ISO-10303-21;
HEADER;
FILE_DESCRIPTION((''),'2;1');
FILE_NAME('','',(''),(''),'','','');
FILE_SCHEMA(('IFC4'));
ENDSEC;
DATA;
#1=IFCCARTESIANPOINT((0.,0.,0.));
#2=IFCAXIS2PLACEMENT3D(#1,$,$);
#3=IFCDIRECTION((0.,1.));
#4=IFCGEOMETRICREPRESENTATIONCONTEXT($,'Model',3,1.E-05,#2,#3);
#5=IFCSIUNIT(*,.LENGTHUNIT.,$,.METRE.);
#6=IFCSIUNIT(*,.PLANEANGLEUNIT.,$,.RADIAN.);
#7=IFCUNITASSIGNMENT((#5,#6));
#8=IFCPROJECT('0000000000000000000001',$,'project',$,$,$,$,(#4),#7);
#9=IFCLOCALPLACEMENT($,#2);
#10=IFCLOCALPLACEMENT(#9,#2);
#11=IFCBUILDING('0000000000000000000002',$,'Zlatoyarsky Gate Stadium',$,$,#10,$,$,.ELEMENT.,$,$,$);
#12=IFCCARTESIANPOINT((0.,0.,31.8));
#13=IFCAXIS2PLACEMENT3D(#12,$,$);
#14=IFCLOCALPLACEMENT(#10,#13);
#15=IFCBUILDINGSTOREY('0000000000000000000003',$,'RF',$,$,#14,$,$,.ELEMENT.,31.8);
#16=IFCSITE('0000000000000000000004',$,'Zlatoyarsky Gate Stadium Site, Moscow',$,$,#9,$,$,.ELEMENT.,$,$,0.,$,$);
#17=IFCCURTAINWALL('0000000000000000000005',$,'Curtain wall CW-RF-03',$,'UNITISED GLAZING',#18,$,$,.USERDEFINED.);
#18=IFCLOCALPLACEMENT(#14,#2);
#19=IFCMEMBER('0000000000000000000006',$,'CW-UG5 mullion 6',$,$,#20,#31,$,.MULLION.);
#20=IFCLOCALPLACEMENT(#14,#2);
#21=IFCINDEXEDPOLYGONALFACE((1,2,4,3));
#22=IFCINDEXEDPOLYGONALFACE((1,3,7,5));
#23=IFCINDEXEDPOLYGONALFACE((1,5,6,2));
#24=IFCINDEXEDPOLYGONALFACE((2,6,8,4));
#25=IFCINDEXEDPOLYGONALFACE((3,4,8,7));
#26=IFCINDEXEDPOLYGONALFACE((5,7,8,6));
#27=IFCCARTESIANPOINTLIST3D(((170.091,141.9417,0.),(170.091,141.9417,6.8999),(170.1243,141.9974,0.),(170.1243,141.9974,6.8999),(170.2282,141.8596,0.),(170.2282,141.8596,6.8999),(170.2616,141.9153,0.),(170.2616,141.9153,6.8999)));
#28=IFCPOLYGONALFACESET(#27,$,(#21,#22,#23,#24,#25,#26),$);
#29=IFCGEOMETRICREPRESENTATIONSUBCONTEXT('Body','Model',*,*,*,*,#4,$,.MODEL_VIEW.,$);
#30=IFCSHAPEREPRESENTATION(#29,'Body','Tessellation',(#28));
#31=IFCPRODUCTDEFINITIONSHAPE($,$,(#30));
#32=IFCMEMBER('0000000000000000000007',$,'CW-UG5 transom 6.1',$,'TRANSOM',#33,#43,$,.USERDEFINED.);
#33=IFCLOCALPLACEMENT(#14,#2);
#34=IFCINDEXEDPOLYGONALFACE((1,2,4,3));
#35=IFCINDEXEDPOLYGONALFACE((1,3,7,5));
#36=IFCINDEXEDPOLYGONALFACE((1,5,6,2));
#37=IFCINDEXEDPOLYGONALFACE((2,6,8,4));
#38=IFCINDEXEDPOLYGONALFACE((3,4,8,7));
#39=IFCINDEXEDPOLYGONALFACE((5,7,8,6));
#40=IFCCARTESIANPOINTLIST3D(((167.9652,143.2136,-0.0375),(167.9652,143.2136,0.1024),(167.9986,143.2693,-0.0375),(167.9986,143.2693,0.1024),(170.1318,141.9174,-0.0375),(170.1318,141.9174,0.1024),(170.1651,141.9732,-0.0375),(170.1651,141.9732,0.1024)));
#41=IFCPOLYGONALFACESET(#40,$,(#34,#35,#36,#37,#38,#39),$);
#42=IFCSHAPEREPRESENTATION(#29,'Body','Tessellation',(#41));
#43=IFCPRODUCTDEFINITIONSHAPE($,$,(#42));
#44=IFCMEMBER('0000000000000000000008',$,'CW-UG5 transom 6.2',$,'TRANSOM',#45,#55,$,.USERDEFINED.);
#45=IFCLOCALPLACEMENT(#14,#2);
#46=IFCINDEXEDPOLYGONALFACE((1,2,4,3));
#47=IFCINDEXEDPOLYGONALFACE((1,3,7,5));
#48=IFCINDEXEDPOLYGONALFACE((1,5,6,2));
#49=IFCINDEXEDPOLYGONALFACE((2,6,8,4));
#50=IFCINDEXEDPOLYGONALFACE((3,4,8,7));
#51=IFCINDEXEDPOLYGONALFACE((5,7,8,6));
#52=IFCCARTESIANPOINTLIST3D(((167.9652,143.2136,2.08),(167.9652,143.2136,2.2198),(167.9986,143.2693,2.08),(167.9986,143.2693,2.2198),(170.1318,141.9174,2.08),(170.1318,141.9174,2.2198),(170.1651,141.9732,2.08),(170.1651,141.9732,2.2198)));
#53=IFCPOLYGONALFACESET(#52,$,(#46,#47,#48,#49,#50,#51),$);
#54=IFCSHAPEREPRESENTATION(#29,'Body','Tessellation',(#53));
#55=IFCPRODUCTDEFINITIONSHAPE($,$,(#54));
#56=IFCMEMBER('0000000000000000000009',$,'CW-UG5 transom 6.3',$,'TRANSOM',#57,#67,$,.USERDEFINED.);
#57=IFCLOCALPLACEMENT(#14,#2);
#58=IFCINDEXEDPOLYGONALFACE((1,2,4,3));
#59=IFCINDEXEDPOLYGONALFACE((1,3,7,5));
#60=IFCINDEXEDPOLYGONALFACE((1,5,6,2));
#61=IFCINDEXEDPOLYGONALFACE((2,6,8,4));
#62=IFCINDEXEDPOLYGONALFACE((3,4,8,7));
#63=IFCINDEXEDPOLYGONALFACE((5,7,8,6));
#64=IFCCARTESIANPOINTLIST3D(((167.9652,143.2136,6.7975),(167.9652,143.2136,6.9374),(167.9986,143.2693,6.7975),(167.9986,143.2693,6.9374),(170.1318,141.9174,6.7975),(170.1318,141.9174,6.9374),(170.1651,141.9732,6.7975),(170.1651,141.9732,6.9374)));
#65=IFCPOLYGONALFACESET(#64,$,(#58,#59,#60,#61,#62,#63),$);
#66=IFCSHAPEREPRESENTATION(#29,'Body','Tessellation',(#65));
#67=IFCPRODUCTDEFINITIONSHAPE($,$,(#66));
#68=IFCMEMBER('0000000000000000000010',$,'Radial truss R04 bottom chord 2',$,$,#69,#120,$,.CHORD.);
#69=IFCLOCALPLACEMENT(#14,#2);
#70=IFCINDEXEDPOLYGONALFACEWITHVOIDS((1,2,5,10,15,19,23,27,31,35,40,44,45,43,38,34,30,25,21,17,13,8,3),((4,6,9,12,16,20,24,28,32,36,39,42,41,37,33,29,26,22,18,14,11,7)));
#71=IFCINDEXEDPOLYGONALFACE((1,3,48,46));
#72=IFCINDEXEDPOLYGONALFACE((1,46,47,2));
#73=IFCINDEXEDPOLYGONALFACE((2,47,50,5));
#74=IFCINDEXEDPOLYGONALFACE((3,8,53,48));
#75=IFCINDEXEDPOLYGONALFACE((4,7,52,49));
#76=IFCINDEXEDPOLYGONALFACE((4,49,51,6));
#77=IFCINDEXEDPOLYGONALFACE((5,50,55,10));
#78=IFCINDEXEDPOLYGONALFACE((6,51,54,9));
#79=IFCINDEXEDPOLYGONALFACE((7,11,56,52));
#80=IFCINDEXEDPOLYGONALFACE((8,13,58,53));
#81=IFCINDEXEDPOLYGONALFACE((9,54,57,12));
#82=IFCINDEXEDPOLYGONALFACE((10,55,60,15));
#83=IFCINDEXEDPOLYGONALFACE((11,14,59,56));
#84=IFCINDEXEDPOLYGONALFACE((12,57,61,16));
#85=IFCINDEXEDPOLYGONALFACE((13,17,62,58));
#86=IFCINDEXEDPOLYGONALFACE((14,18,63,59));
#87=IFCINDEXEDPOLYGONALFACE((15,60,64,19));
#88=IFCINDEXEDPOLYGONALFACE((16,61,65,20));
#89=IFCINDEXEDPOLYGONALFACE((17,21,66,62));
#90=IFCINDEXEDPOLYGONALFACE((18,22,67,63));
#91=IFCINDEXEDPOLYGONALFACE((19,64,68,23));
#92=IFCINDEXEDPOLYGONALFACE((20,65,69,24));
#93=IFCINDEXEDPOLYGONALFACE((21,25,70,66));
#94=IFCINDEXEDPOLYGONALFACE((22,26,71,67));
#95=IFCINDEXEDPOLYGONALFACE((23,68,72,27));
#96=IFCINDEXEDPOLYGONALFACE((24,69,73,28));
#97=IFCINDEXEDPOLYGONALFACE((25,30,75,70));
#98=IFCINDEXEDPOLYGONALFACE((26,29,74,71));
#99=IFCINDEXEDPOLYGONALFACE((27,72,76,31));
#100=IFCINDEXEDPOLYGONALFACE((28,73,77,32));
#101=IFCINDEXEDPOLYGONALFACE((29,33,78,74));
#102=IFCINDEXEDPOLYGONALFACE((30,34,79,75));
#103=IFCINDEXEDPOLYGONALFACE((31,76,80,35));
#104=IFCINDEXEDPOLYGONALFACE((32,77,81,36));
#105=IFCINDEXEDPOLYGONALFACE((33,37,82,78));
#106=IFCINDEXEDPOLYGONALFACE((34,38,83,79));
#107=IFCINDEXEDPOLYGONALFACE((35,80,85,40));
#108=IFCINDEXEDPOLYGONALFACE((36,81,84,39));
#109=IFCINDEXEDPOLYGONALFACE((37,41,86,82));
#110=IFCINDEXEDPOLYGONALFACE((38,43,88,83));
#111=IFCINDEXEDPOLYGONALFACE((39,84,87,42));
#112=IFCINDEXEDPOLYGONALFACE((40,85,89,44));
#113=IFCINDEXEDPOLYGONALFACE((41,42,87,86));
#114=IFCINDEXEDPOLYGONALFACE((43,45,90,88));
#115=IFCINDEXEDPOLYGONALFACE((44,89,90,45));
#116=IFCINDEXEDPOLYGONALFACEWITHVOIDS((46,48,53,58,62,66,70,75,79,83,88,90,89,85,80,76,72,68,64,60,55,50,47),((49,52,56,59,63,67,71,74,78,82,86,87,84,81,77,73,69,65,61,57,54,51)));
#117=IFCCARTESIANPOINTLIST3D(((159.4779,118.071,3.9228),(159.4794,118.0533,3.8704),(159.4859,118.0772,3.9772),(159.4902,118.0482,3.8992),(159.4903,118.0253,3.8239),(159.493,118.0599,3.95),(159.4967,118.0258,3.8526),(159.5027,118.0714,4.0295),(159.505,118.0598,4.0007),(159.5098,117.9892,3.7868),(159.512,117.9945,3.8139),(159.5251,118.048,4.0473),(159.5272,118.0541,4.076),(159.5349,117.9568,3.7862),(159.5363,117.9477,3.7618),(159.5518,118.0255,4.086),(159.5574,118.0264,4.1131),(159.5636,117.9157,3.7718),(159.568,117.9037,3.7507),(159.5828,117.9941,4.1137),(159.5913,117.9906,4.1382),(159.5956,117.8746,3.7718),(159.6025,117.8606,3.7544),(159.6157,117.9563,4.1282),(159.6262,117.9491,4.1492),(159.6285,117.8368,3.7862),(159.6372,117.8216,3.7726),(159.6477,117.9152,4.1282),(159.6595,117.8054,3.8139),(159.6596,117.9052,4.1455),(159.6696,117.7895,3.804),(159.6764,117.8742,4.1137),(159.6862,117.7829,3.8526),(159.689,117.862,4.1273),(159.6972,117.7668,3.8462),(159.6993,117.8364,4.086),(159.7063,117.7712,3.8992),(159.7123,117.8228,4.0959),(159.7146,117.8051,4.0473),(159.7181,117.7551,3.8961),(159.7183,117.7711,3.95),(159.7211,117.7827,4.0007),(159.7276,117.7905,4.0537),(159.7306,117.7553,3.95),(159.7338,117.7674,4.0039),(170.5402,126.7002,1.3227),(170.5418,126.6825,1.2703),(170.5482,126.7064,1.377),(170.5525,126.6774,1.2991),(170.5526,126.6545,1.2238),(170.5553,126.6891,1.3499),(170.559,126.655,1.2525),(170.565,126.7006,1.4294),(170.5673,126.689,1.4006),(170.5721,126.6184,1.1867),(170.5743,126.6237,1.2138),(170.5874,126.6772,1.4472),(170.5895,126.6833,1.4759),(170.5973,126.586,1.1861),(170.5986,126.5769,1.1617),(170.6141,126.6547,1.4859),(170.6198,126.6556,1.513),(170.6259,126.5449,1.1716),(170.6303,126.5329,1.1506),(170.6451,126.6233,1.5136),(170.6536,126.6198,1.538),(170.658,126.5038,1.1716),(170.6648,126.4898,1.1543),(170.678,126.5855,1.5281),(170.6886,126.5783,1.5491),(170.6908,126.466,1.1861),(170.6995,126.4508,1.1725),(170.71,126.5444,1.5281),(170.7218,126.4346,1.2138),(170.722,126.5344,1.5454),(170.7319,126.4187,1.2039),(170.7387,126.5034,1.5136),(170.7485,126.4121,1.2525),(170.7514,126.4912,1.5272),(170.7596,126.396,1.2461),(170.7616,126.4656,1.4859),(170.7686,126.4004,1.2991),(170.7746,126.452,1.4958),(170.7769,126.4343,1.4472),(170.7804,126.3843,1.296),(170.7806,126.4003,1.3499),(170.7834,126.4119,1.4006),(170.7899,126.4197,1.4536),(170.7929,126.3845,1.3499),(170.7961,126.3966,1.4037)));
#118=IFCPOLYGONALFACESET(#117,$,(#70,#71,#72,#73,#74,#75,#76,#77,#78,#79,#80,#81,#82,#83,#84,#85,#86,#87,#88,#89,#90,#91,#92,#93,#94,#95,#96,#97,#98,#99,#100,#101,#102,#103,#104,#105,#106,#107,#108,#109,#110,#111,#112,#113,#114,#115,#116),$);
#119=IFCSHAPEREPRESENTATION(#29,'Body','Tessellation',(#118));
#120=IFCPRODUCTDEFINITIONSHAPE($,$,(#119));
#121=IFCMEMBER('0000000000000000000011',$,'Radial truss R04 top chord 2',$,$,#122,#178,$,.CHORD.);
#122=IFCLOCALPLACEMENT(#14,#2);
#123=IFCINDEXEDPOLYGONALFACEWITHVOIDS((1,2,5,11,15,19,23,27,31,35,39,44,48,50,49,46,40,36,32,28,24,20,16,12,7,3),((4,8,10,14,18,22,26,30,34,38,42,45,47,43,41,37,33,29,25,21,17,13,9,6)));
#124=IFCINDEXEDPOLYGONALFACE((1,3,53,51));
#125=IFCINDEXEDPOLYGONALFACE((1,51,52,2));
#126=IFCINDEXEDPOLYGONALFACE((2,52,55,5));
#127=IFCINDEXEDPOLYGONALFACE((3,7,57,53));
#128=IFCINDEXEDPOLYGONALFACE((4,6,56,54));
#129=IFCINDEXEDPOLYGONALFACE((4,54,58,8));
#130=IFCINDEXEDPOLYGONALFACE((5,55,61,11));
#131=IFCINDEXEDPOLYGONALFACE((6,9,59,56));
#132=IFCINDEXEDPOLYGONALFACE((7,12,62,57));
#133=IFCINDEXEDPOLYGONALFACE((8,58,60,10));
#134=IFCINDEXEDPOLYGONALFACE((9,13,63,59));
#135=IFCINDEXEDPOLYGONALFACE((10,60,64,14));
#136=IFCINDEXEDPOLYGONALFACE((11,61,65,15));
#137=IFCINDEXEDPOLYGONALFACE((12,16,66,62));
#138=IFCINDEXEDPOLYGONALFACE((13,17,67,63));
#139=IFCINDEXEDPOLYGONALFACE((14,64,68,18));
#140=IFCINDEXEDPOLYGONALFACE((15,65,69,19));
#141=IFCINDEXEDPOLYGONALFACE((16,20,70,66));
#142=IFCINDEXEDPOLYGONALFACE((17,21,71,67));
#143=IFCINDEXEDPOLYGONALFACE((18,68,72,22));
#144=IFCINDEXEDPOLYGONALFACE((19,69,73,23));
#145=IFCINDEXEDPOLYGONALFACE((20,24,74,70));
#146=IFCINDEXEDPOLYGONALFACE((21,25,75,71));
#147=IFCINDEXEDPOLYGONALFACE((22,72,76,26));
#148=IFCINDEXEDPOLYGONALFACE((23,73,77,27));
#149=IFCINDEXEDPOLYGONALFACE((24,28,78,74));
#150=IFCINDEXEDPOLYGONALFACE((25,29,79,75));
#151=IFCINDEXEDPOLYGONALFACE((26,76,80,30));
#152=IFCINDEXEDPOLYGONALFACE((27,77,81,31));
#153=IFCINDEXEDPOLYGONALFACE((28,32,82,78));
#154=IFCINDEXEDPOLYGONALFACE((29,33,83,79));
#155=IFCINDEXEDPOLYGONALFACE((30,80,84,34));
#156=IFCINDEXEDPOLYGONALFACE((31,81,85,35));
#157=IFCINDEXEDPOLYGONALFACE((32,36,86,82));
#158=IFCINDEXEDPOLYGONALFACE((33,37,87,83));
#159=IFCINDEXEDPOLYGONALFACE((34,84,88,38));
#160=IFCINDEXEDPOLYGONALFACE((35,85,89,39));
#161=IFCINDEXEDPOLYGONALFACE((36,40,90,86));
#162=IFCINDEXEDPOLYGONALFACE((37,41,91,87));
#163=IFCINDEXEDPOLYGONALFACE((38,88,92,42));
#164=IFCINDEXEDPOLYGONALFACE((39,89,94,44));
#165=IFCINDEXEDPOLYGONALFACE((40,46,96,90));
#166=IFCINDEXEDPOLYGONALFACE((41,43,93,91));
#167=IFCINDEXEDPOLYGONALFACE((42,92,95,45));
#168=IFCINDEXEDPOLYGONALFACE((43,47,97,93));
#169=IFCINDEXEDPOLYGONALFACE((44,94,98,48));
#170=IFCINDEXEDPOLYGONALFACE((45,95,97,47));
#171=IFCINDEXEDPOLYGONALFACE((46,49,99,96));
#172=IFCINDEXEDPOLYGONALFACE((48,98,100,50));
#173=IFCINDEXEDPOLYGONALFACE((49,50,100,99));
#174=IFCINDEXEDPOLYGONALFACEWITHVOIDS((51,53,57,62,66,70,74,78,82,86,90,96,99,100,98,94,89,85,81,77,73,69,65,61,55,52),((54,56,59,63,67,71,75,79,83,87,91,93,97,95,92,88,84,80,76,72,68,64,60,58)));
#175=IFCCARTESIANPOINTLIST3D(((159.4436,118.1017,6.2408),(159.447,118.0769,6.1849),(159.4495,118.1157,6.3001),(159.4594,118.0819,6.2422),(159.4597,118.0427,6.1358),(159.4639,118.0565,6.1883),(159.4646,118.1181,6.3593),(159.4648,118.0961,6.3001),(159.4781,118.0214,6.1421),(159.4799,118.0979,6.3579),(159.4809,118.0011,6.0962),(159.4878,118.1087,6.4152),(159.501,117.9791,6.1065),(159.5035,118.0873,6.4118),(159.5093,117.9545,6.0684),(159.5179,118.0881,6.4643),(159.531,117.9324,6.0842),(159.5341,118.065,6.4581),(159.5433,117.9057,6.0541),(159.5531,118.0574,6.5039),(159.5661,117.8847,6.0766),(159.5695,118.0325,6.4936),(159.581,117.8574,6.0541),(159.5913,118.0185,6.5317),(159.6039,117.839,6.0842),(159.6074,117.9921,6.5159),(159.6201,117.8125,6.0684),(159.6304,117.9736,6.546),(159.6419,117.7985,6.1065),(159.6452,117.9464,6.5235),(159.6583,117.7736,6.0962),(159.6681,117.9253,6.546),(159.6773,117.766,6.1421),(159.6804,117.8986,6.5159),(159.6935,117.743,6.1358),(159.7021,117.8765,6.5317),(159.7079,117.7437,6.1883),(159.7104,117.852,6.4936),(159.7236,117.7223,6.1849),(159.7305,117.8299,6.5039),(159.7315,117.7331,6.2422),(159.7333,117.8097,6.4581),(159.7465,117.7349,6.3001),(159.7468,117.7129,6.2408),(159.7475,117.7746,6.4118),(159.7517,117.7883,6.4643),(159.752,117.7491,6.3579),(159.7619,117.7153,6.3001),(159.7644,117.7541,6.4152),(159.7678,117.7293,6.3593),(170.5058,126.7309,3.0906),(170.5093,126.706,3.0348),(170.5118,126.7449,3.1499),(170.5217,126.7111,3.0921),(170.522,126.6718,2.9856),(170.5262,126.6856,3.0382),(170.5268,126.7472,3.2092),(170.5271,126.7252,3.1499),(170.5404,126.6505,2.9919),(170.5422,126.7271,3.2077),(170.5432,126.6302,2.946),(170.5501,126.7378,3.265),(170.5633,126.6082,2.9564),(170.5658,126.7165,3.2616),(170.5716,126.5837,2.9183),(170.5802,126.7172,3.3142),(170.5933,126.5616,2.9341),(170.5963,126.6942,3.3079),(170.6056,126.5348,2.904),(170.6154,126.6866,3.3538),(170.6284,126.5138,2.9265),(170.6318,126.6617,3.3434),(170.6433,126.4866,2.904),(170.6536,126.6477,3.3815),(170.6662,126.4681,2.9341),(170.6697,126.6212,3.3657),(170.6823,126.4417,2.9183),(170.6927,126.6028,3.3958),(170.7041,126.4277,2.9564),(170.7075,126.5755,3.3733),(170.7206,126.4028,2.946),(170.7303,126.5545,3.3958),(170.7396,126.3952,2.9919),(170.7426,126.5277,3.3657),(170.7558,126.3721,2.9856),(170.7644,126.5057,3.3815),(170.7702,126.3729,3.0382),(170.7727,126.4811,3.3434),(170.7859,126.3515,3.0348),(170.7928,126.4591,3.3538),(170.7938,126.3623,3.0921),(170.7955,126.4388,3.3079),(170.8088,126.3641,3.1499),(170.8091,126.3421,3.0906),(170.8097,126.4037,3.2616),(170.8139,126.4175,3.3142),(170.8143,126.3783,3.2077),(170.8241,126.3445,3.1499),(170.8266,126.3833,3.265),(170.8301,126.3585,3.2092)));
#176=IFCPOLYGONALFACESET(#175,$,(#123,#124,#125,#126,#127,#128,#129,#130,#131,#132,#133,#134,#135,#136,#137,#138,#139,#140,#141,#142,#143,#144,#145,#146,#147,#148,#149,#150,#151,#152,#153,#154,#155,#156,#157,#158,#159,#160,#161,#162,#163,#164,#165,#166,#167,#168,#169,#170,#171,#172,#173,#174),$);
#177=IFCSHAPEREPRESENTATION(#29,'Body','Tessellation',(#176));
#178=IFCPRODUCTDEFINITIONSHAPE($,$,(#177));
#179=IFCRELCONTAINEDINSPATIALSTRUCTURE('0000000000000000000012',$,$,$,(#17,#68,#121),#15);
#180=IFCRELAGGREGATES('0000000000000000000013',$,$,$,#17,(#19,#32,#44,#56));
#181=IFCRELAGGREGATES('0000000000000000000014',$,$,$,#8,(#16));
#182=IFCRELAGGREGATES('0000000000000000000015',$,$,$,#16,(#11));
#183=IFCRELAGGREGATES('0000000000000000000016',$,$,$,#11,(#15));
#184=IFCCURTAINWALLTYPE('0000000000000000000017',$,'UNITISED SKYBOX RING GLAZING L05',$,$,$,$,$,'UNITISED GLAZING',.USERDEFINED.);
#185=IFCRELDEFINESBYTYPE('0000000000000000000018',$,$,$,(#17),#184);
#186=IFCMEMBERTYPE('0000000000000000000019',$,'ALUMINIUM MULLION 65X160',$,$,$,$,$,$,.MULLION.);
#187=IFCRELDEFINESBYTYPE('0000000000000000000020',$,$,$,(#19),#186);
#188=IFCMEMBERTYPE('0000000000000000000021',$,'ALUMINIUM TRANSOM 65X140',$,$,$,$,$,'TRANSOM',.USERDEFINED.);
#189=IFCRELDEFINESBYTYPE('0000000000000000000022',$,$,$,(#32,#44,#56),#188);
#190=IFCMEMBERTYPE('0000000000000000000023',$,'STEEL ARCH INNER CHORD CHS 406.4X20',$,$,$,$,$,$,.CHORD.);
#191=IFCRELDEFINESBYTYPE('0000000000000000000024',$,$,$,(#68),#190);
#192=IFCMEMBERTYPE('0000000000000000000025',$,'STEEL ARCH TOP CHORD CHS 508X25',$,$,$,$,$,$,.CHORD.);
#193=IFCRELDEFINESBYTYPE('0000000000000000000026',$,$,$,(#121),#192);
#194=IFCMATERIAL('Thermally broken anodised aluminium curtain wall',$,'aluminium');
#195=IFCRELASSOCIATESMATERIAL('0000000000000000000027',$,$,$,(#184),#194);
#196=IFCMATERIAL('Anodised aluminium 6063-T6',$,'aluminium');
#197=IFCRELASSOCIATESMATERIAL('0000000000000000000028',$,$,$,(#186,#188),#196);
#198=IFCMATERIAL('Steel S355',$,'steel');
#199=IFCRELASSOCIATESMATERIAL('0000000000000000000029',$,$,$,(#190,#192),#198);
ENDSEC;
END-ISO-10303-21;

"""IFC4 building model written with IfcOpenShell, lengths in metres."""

from ifc_helpers import new_model, si_unit, direction, frame, origin, origin_2d, place, context, subcontext, project, spatial, rectangle, hollow_circle, extrude, material, material_profile, profile_set, type_object, element, aggregate, save


model = new_model("IFC4")

# Units and contexts
model_context = context("Model", 3, precision=1e-05, world=origin(), true_north=direction((0.0, 1.0)))
body_context = subcontext(model_context, "Body", "Model", "MODEL_VIEW")
ifc_project = project(units=[si_unit("LENGTHUNIT", "METRE"), si_unit("PLANEANGLEUNIT", "RADIAN")], contexts=[model_context])

# Site, building, storey
site_placement = place(None, origin())
site = spatial("IfcSite", under=ifc_project, at=site_placement, Name="Zlatoyarsky Gate Stadium Site, Moscow", CompositionType="ELEMENT", RefElevation=0.0)
building_placement = place(site_placement, origin())
building = spatial("IfcBuilding", under=site, at=building_placement, Name="Zlatoyarsky Gate Stadium", CompositionType="ELEMENT")
storey_placement = place(building_placement, frame((0.0, 0.0, 31.8)))
storey = spatial("IfcBuildingStorey", under=building, at=storey_placement, Name="RF", CompositionType="ELEMENT", Elevation=31.8)

# Curtain wall, members
ifc_material_1 = material(Name="Thermally broken anodised aluminium curtain wall", Category="aluminium")
curtain_wall_type = type_object("IfcCurtainWallType", Name="UNITISED SKYBOX RING GLAZING L05", ElementType="UNITISED GLAZING", PredefinedType="USERDEFINED", material=ifc_material_1)
curtain_wall_placement = place(storey_placement, origin())
curtain_wall = element("IfcCurtainWall", 1, at=curtain_wall_placement, inside=storey, type_object=curtain_wall_type, Name="Curtain wall CW-RF-03", ObjectType="UNITISED GLAZING", PredefinedType="USERDEFINED")
ifc_material_2 = material(Name="Anodised aluminium 6063-T6", Category="aluminium")
ifc_material_profile_1 = material_profile(ifc_material_2, rectangle(XDim=0.0649, YDim=0.1599, at=origin_2d()), Name="ALU 65X160")
ifc_profile_set_1 = profile_set([ifc_material_profile_1], Name="Anodised aluminium 6063-T6")
member_type_1 = type_object("IfcMemberType", Name="ALUMINIUM MULLION 65X160", PredefinedType="MULLION", material=ifc_profile_set_1)
member_1_placement = place(storey_placement, frame((170.1763, 141.9285, 0.0), z_axis=(0.0, 0.0, 1.0), x_axis=(-0.513436, -0.858128, 0.0)))
member_1 = element("IfcMember", 2, at=member_1_placement, type_object=member_type_1, Name="CW-UG5 mullion 6", PredefinedType="MULLION", context=body_context, shape_type="SweptSolid", body=[
    extrude(rectangle(XDim=0.0649, YDim=0.1599, at=origin_2d()), origin(), (0.0, 0.0, 1.0), 6.8999),
])
ifc_material_profile_2 = material_profile(ifc_material_2, rectangle(XDim=0.0649, YDim=0.1399, at=origin_2d()), Name="ALU 65X140")
ifc_profile_set_2 = profile_set([ifc_material_profile_2], Name="Anodised aluminium 6063-T6")
member_type_2 = type_object("IfcMemberType", Name="ALUMINIUM TRANSOM 65X140", ElementType="TRANSOM", PredefinedType="USERDEFINED", material=ifc_profile_set_2)
member_2_placement = place(storey_placement, frame((170.1484, 141.9453, 0.0325), z_axis=(-0.858149, 0.5134, 0.0), x_axis=(-0.5134, -0.858149, 0.0)))
member_2 = element("IfcMember", 3, at=member_2_placement, type_object=member_type_2, Name="CW-UG5 transom 6.1", ObjectType="TRANSOM", PredefinedType="USERDEFINED", context=body_context, shape_type="SweptSolid", body=[
    extrude(rectangle(XDim=0.0649, YDim=0.1399, at=origin_2d()), origin(), (0.0, 0.0, 1.0), 2.5247),
])
member_3_placement = place(storey_placement, frame((170.1484, 141.9453, 2.1499), z_axis=(-0.858149, 0.5134, 0.0), x_axis=(-0.5134, -0.858149, 0.0)))
member_3 = element("IfcMember", 4, at=member_3_placement, type_object=member_type_2, Name="CW-UG5 transom 6.2", ObjectType="TRANSOM", PredefinedType="USERDEFINED", context=body_context, shape_type="SweptSolid", body=[
    extrude(rectangle(XDim=0.0649, YDim=0.1399, at=origin_2d()), origin(), (0.0, 0.0, 1.0), 2.5247),
])
member_4_placement = place(storey_placement, frame((170.1484, 141.9453, 6.8674), z_axis=(-0.858149, 0.5134, 0.0), x_axis=(-0.5134, -0.858149, 0.0)))
member_4 = element("IfcMember", 5, at=member_4_placement, type_object=member_type_2, Name="CW-UG5 transom 6.3", ObjectType="TRANSOM", PredefinedType="USERDEFINED", context=body_context, shape_type="SweptSolid", body=[
    extrude(rectangle(XDim=0.0649, YDim=0.1399, at=origin_2d()), origin(), (0.0, 0.0, 1.0), 2.5247),
])

# Members
ifc_material_3 = material(Name="Steel S355", Category="steel")
ifc_material_profile_3 = material_profile(ifc_material_3, hollow_circle(Radius=0.2031, WallThickness=0.02, at=origin_2d()), Name="CHS 406.4X20")
ifc_profile_set_3 = profile_set([ifc_material_profile_3], Name="Steel S355")
member_type_3 = type_object("IfcMemberType", Name="STEEL ARCH INNER CHORD CHS 406.4X20", PredefinedType="CHORD", material=ifc_profile_set_3)
member_5_placement = place(storey_placement, frame((170.668, 126.5447, 1.3499), z_axis=(-0.77528, -0.60476, 0.182224), x_axis=(0.615058, -0.788482, 0.0)))
element("IfcMember", 6, at=member_5_placement, inside=storey, type_object=member_type_3, Name="Radial truss R04 bottom chord 2", PredefinedType="CHORD", context=body_context, shape_type="SweptSolid", body=[
    extrude(hollow_circle(Radius=0.2031, WallThickness=0.02, at=origin_2d()), origin(), (0.0, 0.0, 1.0), 14.2688),
])
ifc_material_profile_4 = material_profile(ifc_material_3, hollow_circle(Radius=0.2539, WallThickness=0.0249, at=origin_2d()), Name="CHS 508X25")
ifc_profile_set_4 = profile_set([ifc_material_profile_4], Name="Steel S355")
member_type_4 = type_object("IfcMemberType", Name="STEEL ARCH TOP CHORD CHS 508X25", PredefinedType="CHORD", material=ifc_profile_set_4)
member_6_placement = place(storey_placement, frame((170.668, 126.5447, 3.1499), z_axis=(-0.769328, -0.600117, 0.219078), x_axis=(0.615058, -0.788482, 0.0)))
element("IfcMember", 7, at=member_6_placement, inside=storey, type_object=member_type_4, Name="Radial truss R04 top chord 2", PredefinedType="CHORD", context=body_context, shape_type="SweptSolid", body=[
    extrude(hollow_circle(Radius=0.2539, WallThickness=0.0249, at=origin_2d()), origin(), (0.0, 0.0, 1.0), 14.3792),
])

aggregate(curtain_wall, [member_1, member_2, member_3, member_4])

save(model, "model.ifc")
